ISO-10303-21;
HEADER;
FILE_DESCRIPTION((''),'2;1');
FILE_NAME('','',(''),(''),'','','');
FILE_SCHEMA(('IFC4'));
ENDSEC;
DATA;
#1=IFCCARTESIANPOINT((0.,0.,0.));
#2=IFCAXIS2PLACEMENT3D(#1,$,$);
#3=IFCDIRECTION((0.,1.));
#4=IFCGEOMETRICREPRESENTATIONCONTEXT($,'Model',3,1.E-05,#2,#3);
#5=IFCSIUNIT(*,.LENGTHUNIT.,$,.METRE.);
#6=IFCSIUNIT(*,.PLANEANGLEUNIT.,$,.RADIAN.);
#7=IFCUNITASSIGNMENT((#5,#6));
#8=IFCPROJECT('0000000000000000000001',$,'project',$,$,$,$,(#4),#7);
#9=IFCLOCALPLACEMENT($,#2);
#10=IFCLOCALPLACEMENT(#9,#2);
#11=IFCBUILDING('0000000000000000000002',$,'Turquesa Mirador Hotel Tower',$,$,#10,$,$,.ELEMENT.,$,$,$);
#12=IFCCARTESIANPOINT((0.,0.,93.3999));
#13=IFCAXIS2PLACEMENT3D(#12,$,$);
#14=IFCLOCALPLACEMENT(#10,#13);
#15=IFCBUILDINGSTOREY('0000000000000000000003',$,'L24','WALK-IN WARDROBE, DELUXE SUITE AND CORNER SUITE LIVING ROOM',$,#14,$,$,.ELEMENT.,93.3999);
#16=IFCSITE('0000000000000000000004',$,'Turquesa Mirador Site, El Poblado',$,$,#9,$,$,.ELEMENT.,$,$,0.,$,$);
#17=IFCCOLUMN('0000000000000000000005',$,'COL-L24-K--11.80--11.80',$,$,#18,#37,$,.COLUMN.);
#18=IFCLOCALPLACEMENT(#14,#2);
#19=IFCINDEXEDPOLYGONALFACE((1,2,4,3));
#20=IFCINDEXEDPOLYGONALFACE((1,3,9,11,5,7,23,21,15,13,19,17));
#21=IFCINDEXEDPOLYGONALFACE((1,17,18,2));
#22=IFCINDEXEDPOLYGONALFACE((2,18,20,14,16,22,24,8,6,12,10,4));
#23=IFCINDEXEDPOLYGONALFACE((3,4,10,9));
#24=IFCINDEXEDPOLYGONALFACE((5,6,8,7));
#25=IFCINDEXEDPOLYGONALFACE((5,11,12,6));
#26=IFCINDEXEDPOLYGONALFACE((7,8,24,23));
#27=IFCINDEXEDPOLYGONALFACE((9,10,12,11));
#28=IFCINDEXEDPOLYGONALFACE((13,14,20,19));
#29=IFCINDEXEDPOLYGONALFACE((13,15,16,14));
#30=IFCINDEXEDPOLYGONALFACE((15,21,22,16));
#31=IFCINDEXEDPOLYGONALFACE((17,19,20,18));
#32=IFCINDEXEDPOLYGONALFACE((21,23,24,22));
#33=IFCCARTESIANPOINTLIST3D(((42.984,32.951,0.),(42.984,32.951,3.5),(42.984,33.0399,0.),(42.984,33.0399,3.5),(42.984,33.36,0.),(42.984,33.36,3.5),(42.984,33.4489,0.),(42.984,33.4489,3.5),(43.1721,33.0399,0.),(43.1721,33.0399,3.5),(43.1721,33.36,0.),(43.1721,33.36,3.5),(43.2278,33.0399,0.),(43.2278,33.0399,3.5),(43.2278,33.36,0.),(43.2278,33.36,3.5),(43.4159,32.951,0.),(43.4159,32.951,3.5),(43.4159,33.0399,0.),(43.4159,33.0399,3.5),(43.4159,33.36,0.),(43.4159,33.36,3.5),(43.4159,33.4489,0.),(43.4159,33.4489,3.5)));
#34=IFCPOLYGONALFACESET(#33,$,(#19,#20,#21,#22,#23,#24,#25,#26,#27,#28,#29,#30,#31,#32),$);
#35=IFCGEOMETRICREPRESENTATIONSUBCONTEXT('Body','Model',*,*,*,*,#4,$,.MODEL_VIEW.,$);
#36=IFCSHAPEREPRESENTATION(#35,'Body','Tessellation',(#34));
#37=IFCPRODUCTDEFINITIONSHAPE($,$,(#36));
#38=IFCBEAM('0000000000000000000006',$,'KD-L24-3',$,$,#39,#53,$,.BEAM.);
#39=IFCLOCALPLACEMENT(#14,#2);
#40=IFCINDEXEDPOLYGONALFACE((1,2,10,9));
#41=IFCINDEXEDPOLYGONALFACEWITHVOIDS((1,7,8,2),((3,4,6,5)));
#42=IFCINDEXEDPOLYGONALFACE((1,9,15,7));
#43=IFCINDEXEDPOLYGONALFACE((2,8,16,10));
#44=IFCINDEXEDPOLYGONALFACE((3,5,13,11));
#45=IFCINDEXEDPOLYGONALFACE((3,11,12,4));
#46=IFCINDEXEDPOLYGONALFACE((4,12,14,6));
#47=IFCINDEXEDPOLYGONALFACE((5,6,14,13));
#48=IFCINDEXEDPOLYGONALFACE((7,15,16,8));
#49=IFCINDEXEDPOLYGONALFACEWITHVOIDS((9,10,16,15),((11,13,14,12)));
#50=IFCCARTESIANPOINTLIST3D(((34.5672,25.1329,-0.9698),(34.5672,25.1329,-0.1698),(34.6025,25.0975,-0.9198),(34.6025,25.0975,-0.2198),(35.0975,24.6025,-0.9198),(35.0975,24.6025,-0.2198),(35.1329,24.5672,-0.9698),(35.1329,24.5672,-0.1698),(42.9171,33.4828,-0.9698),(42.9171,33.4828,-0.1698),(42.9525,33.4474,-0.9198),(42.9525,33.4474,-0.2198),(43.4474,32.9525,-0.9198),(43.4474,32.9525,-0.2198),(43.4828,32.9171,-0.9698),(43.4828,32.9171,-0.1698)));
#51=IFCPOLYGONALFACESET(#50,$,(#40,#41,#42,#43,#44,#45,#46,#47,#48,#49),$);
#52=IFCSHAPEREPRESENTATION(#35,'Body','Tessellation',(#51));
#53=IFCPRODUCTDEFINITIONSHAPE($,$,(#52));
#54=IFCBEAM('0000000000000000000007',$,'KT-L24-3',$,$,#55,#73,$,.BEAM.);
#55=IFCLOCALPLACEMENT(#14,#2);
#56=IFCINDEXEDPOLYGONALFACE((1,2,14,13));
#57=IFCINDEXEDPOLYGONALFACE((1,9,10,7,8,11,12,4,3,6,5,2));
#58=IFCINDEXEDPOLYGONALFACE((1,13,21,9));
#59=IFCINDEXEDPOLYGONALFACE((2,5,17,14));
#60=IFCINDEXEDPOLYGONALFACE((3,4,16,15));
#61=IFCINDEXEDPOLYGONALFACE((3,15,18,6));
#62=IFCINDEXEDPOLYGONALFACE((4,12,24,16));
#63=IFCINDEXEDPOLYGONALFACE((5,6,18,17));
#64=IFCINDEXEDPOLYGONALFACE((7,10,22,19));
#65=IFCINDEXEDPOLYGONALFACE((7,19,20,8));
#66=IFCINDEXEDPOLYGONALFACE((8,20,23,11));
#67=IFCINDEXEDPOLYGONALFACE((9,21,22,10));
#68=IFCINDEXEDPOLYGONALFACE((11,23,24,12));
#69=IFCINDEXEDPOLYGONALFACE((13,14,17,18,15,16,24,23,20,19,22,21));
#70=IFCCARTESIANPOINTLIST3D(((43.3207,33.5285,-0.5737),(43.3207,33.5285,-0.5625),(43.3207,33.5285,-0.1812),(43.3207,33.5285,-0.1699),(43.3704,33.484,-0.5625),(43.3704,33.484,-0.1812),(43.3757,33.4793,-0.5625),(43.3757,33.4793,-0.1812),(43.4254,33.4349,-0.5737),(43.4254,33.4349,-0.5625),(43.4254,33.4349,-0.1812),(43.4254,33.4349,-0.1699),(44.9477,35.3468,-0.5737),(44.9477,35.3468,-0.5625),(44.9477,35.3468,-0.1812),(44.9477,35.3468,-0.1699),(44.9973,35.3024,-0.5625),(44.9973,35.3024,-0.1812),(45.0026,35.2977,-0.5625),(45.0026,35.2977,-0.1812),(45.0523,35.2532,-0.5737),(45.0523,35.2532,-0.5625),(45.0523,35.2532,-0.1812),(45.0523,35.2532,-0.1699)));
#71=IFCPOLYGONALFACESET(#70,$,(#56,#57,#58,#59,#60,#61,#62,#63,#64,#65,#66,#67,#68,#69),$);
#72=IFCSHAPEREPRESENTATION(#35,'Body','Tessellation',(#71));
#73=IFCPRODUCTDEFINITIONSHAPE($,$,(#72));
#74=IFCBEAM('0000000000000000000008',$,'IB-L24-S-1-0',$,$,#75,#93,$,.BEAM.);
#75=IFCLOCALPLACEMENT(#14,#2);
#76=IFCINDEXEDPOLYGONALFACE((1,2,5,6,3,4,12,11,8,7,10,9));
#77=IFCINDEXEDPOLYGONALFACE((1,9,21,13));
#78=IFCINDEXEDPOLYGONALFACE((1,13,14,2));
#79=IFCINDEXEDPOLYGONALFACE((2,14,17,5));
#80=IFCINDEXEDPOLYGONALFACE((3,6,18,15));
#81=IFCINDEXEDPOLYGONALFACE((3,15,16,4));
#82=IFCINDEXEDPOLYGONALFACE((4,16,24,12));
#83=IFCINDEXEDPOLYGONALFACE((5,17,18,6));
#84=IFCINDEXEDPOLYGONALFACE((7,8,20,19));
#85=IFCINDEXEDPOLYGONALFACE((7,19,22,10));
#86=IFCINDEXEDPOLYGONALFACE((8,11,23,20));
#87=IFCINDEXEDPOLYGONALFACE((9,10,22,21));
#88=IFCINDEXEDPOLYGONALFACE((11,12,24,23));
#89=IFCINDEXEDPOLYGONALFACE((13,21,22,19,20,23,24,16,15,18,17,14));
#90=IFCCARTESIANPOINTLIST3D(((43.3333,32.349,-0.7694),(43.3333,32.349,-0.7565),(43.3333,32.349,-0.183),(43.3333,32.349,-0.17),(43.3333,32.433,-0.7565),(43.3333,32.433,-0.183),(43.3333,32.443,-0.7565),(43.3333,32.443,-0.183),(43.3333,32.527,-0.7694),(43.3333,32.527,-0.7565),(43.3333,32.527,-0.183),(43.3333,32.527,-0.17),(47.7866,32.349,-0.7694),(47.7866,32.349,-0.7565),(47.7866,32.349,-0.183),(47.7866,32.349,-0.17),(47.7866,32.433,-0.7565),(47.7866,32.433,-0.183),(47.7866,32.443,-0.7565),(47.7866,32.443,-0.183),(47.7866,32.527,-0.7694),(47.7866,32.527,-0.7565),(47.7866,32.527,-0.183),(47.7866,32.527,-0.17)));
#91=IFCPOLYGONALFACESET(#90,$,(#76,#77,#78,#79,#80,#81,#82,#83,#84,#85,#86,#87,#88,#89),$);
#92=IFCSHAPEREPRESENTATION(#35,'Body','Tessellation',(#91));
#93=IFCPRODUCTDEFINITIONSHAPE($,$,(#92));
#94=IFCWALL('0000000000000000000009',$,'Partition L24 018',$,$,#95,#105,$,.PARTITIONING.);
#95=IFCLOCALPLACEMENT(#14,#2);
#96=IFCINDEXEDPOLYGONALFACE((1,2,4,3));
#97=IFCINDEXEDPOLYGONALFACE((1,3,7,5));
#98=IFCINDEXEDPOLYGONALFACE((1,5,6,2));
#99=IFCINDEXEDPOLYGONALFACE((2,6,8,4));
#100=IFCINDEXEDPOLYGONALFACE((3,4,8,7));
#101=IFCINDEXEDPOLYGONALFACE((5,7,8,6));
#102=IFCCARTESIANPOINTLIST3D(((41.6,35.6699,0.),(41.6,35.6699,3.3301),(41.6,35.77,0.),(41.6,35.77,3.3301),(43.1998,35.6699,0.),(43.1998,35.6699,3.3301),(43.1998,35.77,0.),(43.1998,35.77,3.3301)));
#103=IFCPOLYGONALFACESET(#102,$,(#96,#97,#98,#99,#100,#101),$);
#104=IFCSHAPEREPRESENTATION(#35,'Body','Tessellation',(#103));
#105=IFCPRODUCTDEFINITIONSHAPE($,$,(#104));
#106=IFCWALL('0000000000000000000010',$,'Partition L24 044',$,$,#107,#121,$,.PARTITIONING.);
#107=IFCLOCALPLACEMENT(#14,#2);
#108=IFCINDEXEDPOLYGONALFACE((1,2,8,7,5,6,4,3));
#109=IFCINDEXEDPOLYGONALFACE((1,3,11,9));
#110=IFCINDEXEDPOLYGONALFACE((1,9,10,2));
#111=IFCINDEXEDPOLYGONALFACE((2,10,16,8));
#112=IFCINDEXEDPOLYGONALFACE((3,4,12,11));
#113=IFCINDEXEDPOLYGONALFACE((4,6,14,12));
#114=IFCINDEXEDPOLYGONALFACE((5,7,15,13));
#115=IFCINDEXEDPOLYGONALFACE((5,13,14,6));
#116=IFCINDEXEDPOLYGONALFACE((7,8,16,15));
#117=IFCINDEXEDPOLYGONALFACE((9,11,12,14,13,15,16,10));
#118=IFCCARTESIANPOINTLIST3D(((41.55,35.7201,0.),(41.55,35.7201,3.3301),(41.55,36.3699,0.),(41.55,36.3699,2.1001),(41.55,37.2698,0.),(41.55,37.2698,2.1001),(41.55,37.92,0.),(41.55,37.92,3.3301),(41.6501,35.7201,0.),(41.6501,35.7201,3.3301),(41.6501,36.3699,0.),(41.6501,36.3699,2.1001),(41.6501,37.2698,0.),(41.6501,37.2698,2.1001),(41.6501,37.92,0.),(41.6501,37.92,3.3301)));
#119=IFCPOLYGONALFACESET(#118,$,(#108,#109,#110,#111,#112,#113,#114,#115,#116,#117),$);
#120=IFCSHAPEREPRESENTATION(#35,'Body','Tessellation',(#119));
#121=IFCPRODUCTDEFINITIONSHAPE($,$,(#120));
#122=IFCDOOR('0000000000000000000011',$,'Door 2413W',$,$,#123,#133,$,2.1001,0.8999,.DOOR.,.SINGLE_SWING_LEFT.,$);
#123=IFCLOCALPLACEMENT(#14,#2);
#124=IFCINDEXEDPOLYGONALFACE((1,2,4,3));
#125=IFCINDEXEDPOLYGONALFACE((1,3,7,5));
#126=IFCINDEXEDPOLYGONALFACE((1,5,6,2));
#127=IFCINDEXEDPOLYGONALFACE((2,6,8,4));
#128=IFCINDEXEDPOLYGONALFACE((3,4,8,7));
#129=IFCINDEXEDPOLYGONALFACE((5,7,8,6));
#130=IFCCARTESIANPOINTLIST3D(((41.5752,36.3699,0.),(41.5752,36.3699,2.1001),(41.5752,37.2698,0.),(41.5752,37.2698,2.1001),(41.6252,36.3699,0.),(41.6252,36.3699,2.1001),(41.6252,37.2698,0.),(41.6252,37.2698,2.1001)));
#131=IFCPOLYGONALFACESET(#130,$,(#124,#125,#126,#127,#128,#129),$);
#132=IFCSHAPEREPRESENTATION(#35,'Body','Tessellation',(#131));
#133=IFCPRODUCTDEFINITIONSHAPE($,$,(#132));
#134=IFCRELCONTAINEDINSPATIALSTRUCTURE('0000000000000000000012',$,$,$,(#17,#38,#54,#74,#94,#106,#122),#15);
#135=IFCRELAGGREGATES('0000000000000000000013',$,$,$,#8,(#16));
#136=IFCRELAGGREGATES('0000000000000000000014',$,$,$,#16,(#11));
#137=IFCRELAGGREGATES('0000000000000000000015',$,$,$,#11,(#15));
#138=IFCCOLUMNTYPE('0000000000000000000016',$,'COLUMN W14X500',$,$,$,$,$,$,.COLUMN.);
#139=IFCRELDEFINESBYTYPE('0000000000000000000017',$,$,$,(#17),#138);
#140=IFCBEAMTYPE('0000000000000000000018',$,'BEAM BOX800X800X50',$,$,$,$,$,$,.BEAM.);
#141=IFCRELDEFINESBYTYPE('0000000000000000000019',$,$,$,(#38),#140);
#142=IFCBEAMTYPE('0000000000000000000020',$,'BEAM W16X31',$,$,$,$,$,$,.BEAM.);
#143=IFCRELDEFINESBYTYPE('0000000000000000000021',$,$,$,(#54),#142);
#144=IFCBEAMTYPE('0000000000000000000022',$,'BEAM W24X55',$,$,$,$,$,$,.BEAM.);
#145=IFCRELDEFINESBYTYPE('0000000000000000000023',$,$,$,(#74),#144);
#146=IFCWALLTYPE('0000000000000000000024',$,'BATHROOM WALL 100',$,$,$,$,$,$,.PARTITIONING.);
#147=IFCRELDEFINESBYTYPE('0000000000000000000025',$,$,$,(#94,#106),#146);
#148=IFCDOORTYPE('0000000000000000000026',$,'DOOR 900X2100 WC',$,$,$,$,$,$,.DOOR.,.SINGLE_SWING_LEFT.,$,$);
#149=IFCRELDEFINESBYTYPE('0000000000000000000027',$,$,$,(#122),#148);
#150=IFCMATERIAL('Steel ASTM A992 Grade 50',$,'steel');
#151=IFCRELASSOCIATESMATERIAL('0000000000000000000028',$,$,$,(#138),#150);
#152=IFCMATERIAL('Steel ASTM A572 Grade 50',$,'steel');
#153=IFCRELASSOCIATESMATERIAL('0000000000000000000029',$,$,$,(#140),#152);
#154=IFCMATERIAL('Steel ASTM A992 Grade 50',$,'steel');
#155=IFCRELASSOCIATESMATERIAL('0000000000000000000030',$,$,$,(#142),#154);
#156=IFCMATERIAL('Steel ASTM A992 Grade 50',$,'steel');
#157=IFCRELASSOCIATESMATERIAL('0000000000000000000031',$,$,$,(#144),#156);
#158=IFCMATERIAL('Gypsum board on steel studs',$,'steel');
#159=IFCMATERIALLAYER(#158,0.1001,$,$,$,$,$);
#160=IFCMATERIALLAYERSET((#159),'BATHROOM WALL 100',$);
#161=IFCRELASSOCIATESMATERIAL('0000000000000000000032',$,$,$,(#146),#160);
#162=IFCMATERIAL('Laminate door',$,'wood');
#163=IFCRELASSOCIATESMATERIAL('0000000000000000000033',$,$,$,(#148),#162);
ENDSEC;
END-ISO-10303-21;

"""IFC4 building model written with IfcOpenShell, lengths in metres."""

from ifc_helpers import new_model, si_unit, direction, frame, frame_2d, origin, origin_2d, place, context, subcontext, project, spatial, rectangle, hollow_rectangle, i_section, extrude, material, layer, layer_set, material_profile, profile_set, type_object, element, fill, save


model = new_model("IFC4")

# Units and contexts
model_context = context("Model", 3, precision=1e-05, world=origin(), true_north=direction((0.0, 1.0)))
body_context = subcontext(model_context, "Body", "Model", "MODEL_VIEW")
ifc_project = project(units=[si_unit("LENGTHUNIT", "METRE"), si_unit("PLANEANGLEUNIT", "RADIAN")], contexts=[model_context])

# Site, building, storey
site_placement = place(None, origin())
site = spatial("IfcSite", under=ifc_project, at=site_placement, Name="Turquesa Mirador Site, El Poblado", CompositionType="ELEMENT", RefElevation=0.0)
building_placement = place(site_placement, origin())
building = spatial("IfcBuilding", under=site, at=building_placement, Name="Turquesa Mirador Hotel Tower", CompositionType="ELEMENT")
storey_placement = place(building_placement, frame((0.0, 0.0, 93.3999)))
storey = spatial("IfcBuildingStorey", under=building, at=storey_placement, Name="L24", Description="WALK-IN WARDROBE, DELUXE SUITE AND CORNER SUITE LIVING ROOM", CompositionType="ELEMENT", Elevation=93.3999)

# Column
ifc_material_1 = material(Name="Steel ASTM A992 Grade 50", Category="steel")
ifc_material_profile_1 = material_profile(ifc_material_1, i_section(OverallWidth=0.4319, OverallDepth=0.4978, WebThickness=0.0557, FlangeThickness=0.0889, at=origin_2d()), Name="W14X500")
ifc_profile_set_1 = profile_set([ifc_material_profile_1], Name="Steel ASTM A992 Grade 50")
column_type = type_object("IfcColumnType", Name="COLUMN W14X500", PredefinedType="COLUMN", material=ifc_profile_set_1)
column_placement = place(storey_placement, frame((43.2, 33.2, 0.0), z_axis=(0.0, 0.0, 1.0), x_axis=(1.0, 0.0, 0.0)))
element("IfcColumn", 1, at=column_placement, inside=storey, type_object=column_type, Name="COL-L24-K--11.80--11.80", PredefinedType="COLUMN", context=body_context, shape_type="SweptSolid", body=[
    extrude(i_section(OverallWidth=0.4319, OverallDepth=0.4978, WebThickness=0.0557, FlangeThickness=0.0889, at=origin_2d()), origin(), (0.0, 0.0, 1.0), 3.5),
])

# Beams
ifc_material_2 = material(Name="Steel ASTM A572 Grade 50", Category="steel")
ifc_material_profile_2 = material_profile(ifc_material_2, hollow_rectangle(XDim=0.8, YDim=0.8, WallThickness=0.05, at=origin_2d()), Name="BOX800X800X50")
ifc_profile_set_2 = profile_set([ifc_material_profile_2], Name="Steel ASTM A572 Grade 50")
beam_type_1 = type_object("IfcBeamType", Name="BEAM BOX800X800X50", PredefinedType="BEAM", material=ifc_profile_set_2)
beam_1_placement = place(storey_placement, frame((43.2, 33.2, -0.5698), z_axis=(-0.707107, -0.707107, 0.0), x_axis=(0.707107, -0.707107, 0.0)))
element("IfcBeam", 2, at=beam_1_placement, inside=storey, type_object=beam_type_1, Name="KD-L24-3", PredefinedType="BEAM", context=body_context, shape_type="SweptSolid", body=[
    extrude(hollow_rectangle(XDim=0.8, YDim=0.8, WallThickness=0.05, at=origin_2d()), origin(), (0.0, 0.0, 1.0), 11.8086),
])
ifc_material_3 = material(Name="Steel ASTM A992 Grade 50", Category="steel")
ifc_material_profile_3 = material_profile(ifc_material_3, i_section(OverallWidth=0.1404, OverallDepth=0.4038, WebThickness=0.0071, FlangeThickness=0.0112, at=origin_2d()), Name="W16X31")
ifc_profile_set_3 = profile_set([ifc_material_profile_3], Name="Steel ASTM A992 Grade 50")
beam_type_2 = type_object("IfcBeamType", Name="BEAM W16X31", PredefinedType="BEAM", material=ifc_profile_set_3)
beam_2_placement = place(storey_placement, frame((43.373, 33.4817, -0.3718), z_axis=(0.666795, 0.745241, 0.0), x_axis=(-0.745241, 0.666795, 0.0)))
element("IfcBeam", 3, at=beam_2_placement, inside=storey, type_object=beam_type_2, Name="KT-L24-3", PredefinedType="BEAM", context=body_context, shape_type="SweptSolid", body=[
    extrude(i_section(OverallWidth=0.1404, OverallDepth=0.4038, WebThickness=0.0071, FlangeThickness=0.0112, at=origin_2d()), origin(), (0.0, 0.0, 1.0), 2.4399),
])
ifc_material_4 = material(Name="Steel ASTM A992 Grade 50", Category="steel")
ifc_material_profile_4 = material_profile(ifc_material_4, i_section(OverallWidth=0.178, OverallDepth=0.5994, WebThickness=0.01, FlangeThickness=0.0129, at=origin_2d()), Name="W24X55")
ifc_profile_set_4 = profile_set([ifc_material_profile_4], Name="Steel ASTM A992 Grade 50")
beam_type_3 = type_object("IfcBeamType", Name="BEAM W24X55", PredefinedType="BEAM", material=ifc_profile_set_4)
beam_3_placement = place(storey_placement, frame((43.3333, 32.438, -0.4697), z_axis=(1.0, 0.0, 0.0), x_axis=(0.0, 1.0, 0.0)))
element("IfcBeam", 4, at=beam_3_placement, inside=storey, type_object=beam_type_3, Name="IB-L24-S-1-0", PredefinedType="BEAM", context=body_context, shape_type="SweptSolid", body=[
    extrude(i_section(OverallWidth=0.178, OverallDepth=0.5994, WebThickness=0.01, FlangeThickness=0.0129, at=origin_2d()), origin(), (0.0, 0.0, 1.0), 4.4534),
])

# Wall
ifc_material_5 = material(Name="Gypsum board on steel studs", Category="steel")
ifc_layer_1 = layer(ifc_material_5, 0.1001)
ifc_layer_set_1 = layer_set([ifc_layer_1], Name="BATHROOM WALL 100")
wall_type_1 = type_object("IfcWallType", Name="BATHROOM WALL 100", PredefinedType="PARTITIONING", material=ifc_layer_set_1)
wall_1_placement = place(storey_placement, frame((41.6001, 35.72, 0.0), z_axis=(0.0, 0.0, 1.0), x_axis=(1.0, 0.0, 0.0)))
element("IfcWall", 5, at=wall_1_placement, inside=storey, type_object=wall_type_1, Name="Partition L24 018", PredefinedType="PARTITIONING", context=body_context, shape_type="SweptSolid", body=[
    extrude(rectangle(XDim=1.5999, YDim=0.1001, at=frame_2d((0.7998, 0.0))), origin(), (0.0, 0.0, 1.0), 3.3301),
])

# Wall, opening, door
wall_2_placement = place(storey_placement, frame((41.6001, 35.72, 0.0), z_axis=(0.0, 0.0, 1.0), x_axis=(0.0, 1.0, 0.0)))
wall_2 = element("IfcWall", 6, at=wall_2_placement, inside=storey, type_object=wall_type_1, Name="Partition L24 044", PredefinedType="PARTITIONING", context=body_context, shape_type="SweptSolid", body=[
    extrude(rectangle(XDim=2.2, YDim=0.1001, at=frame_2d((1.1001, 0.0))), origin(), (0.0, 0.0, 1.0), 3.3301),
])
opening_1_placement = place(wall_2_placement, frame((0.6499, 0.0, 0.0)))
opening_1 = element("IfcOpeningElement", 7, at=opening_1_placement, cuts=wall_2, PredefinedType="OPENING", context=body_context, shape_type="SweptSolid", body=[
    extrude(rectangle(XDim=0.8999, YDim=2.1001, at=frame_2d((0.45, 1.05))), frame((0.0, 0.0601, 0.0), z_axis=(0.0, -1.0, 0.0), x_axis=(1.0, 0.0, 0.0)), (0.0, 0.0, 1.0), 0.1201),
])
ifc_material_6 = material(Name="Laminate door", Category="wood")
door_type_1 = type_object("IfcDoorType", Name="DOOR 900X2100 WC", OperationType="SINGLE_SWING_LEFT", PredefinedType="DOOR", material=ifc_material_6)
door_1_placement = place(opening_1_placement, origin())
door_1 = element("IfcDoor", 8, at=door_1_placement, inside=storey, type_object=door_type_1, Name="Door 2413W", OperationType="SINGLE_SWING_LEFT", OverallHeight=2.1001, OverallWidth=0.8999, PredefinedType="DOOR", context=body_context, shape_type="SweptSolid", body=[
    extrude(rectangle(XDim=0.8999, YDim=2.1001, at=frame_2d((0.45, 1.05))), frame((0.0, 0.0249, 0.0), z_axis=(0.0, -1.0, 0.0), x_axis=(1.0, 0.0, 0.0)), (0.0, 0.0, 1.0), 0.05),
])
fill(opening_1, door_1)

save(model, "model.ifc")
